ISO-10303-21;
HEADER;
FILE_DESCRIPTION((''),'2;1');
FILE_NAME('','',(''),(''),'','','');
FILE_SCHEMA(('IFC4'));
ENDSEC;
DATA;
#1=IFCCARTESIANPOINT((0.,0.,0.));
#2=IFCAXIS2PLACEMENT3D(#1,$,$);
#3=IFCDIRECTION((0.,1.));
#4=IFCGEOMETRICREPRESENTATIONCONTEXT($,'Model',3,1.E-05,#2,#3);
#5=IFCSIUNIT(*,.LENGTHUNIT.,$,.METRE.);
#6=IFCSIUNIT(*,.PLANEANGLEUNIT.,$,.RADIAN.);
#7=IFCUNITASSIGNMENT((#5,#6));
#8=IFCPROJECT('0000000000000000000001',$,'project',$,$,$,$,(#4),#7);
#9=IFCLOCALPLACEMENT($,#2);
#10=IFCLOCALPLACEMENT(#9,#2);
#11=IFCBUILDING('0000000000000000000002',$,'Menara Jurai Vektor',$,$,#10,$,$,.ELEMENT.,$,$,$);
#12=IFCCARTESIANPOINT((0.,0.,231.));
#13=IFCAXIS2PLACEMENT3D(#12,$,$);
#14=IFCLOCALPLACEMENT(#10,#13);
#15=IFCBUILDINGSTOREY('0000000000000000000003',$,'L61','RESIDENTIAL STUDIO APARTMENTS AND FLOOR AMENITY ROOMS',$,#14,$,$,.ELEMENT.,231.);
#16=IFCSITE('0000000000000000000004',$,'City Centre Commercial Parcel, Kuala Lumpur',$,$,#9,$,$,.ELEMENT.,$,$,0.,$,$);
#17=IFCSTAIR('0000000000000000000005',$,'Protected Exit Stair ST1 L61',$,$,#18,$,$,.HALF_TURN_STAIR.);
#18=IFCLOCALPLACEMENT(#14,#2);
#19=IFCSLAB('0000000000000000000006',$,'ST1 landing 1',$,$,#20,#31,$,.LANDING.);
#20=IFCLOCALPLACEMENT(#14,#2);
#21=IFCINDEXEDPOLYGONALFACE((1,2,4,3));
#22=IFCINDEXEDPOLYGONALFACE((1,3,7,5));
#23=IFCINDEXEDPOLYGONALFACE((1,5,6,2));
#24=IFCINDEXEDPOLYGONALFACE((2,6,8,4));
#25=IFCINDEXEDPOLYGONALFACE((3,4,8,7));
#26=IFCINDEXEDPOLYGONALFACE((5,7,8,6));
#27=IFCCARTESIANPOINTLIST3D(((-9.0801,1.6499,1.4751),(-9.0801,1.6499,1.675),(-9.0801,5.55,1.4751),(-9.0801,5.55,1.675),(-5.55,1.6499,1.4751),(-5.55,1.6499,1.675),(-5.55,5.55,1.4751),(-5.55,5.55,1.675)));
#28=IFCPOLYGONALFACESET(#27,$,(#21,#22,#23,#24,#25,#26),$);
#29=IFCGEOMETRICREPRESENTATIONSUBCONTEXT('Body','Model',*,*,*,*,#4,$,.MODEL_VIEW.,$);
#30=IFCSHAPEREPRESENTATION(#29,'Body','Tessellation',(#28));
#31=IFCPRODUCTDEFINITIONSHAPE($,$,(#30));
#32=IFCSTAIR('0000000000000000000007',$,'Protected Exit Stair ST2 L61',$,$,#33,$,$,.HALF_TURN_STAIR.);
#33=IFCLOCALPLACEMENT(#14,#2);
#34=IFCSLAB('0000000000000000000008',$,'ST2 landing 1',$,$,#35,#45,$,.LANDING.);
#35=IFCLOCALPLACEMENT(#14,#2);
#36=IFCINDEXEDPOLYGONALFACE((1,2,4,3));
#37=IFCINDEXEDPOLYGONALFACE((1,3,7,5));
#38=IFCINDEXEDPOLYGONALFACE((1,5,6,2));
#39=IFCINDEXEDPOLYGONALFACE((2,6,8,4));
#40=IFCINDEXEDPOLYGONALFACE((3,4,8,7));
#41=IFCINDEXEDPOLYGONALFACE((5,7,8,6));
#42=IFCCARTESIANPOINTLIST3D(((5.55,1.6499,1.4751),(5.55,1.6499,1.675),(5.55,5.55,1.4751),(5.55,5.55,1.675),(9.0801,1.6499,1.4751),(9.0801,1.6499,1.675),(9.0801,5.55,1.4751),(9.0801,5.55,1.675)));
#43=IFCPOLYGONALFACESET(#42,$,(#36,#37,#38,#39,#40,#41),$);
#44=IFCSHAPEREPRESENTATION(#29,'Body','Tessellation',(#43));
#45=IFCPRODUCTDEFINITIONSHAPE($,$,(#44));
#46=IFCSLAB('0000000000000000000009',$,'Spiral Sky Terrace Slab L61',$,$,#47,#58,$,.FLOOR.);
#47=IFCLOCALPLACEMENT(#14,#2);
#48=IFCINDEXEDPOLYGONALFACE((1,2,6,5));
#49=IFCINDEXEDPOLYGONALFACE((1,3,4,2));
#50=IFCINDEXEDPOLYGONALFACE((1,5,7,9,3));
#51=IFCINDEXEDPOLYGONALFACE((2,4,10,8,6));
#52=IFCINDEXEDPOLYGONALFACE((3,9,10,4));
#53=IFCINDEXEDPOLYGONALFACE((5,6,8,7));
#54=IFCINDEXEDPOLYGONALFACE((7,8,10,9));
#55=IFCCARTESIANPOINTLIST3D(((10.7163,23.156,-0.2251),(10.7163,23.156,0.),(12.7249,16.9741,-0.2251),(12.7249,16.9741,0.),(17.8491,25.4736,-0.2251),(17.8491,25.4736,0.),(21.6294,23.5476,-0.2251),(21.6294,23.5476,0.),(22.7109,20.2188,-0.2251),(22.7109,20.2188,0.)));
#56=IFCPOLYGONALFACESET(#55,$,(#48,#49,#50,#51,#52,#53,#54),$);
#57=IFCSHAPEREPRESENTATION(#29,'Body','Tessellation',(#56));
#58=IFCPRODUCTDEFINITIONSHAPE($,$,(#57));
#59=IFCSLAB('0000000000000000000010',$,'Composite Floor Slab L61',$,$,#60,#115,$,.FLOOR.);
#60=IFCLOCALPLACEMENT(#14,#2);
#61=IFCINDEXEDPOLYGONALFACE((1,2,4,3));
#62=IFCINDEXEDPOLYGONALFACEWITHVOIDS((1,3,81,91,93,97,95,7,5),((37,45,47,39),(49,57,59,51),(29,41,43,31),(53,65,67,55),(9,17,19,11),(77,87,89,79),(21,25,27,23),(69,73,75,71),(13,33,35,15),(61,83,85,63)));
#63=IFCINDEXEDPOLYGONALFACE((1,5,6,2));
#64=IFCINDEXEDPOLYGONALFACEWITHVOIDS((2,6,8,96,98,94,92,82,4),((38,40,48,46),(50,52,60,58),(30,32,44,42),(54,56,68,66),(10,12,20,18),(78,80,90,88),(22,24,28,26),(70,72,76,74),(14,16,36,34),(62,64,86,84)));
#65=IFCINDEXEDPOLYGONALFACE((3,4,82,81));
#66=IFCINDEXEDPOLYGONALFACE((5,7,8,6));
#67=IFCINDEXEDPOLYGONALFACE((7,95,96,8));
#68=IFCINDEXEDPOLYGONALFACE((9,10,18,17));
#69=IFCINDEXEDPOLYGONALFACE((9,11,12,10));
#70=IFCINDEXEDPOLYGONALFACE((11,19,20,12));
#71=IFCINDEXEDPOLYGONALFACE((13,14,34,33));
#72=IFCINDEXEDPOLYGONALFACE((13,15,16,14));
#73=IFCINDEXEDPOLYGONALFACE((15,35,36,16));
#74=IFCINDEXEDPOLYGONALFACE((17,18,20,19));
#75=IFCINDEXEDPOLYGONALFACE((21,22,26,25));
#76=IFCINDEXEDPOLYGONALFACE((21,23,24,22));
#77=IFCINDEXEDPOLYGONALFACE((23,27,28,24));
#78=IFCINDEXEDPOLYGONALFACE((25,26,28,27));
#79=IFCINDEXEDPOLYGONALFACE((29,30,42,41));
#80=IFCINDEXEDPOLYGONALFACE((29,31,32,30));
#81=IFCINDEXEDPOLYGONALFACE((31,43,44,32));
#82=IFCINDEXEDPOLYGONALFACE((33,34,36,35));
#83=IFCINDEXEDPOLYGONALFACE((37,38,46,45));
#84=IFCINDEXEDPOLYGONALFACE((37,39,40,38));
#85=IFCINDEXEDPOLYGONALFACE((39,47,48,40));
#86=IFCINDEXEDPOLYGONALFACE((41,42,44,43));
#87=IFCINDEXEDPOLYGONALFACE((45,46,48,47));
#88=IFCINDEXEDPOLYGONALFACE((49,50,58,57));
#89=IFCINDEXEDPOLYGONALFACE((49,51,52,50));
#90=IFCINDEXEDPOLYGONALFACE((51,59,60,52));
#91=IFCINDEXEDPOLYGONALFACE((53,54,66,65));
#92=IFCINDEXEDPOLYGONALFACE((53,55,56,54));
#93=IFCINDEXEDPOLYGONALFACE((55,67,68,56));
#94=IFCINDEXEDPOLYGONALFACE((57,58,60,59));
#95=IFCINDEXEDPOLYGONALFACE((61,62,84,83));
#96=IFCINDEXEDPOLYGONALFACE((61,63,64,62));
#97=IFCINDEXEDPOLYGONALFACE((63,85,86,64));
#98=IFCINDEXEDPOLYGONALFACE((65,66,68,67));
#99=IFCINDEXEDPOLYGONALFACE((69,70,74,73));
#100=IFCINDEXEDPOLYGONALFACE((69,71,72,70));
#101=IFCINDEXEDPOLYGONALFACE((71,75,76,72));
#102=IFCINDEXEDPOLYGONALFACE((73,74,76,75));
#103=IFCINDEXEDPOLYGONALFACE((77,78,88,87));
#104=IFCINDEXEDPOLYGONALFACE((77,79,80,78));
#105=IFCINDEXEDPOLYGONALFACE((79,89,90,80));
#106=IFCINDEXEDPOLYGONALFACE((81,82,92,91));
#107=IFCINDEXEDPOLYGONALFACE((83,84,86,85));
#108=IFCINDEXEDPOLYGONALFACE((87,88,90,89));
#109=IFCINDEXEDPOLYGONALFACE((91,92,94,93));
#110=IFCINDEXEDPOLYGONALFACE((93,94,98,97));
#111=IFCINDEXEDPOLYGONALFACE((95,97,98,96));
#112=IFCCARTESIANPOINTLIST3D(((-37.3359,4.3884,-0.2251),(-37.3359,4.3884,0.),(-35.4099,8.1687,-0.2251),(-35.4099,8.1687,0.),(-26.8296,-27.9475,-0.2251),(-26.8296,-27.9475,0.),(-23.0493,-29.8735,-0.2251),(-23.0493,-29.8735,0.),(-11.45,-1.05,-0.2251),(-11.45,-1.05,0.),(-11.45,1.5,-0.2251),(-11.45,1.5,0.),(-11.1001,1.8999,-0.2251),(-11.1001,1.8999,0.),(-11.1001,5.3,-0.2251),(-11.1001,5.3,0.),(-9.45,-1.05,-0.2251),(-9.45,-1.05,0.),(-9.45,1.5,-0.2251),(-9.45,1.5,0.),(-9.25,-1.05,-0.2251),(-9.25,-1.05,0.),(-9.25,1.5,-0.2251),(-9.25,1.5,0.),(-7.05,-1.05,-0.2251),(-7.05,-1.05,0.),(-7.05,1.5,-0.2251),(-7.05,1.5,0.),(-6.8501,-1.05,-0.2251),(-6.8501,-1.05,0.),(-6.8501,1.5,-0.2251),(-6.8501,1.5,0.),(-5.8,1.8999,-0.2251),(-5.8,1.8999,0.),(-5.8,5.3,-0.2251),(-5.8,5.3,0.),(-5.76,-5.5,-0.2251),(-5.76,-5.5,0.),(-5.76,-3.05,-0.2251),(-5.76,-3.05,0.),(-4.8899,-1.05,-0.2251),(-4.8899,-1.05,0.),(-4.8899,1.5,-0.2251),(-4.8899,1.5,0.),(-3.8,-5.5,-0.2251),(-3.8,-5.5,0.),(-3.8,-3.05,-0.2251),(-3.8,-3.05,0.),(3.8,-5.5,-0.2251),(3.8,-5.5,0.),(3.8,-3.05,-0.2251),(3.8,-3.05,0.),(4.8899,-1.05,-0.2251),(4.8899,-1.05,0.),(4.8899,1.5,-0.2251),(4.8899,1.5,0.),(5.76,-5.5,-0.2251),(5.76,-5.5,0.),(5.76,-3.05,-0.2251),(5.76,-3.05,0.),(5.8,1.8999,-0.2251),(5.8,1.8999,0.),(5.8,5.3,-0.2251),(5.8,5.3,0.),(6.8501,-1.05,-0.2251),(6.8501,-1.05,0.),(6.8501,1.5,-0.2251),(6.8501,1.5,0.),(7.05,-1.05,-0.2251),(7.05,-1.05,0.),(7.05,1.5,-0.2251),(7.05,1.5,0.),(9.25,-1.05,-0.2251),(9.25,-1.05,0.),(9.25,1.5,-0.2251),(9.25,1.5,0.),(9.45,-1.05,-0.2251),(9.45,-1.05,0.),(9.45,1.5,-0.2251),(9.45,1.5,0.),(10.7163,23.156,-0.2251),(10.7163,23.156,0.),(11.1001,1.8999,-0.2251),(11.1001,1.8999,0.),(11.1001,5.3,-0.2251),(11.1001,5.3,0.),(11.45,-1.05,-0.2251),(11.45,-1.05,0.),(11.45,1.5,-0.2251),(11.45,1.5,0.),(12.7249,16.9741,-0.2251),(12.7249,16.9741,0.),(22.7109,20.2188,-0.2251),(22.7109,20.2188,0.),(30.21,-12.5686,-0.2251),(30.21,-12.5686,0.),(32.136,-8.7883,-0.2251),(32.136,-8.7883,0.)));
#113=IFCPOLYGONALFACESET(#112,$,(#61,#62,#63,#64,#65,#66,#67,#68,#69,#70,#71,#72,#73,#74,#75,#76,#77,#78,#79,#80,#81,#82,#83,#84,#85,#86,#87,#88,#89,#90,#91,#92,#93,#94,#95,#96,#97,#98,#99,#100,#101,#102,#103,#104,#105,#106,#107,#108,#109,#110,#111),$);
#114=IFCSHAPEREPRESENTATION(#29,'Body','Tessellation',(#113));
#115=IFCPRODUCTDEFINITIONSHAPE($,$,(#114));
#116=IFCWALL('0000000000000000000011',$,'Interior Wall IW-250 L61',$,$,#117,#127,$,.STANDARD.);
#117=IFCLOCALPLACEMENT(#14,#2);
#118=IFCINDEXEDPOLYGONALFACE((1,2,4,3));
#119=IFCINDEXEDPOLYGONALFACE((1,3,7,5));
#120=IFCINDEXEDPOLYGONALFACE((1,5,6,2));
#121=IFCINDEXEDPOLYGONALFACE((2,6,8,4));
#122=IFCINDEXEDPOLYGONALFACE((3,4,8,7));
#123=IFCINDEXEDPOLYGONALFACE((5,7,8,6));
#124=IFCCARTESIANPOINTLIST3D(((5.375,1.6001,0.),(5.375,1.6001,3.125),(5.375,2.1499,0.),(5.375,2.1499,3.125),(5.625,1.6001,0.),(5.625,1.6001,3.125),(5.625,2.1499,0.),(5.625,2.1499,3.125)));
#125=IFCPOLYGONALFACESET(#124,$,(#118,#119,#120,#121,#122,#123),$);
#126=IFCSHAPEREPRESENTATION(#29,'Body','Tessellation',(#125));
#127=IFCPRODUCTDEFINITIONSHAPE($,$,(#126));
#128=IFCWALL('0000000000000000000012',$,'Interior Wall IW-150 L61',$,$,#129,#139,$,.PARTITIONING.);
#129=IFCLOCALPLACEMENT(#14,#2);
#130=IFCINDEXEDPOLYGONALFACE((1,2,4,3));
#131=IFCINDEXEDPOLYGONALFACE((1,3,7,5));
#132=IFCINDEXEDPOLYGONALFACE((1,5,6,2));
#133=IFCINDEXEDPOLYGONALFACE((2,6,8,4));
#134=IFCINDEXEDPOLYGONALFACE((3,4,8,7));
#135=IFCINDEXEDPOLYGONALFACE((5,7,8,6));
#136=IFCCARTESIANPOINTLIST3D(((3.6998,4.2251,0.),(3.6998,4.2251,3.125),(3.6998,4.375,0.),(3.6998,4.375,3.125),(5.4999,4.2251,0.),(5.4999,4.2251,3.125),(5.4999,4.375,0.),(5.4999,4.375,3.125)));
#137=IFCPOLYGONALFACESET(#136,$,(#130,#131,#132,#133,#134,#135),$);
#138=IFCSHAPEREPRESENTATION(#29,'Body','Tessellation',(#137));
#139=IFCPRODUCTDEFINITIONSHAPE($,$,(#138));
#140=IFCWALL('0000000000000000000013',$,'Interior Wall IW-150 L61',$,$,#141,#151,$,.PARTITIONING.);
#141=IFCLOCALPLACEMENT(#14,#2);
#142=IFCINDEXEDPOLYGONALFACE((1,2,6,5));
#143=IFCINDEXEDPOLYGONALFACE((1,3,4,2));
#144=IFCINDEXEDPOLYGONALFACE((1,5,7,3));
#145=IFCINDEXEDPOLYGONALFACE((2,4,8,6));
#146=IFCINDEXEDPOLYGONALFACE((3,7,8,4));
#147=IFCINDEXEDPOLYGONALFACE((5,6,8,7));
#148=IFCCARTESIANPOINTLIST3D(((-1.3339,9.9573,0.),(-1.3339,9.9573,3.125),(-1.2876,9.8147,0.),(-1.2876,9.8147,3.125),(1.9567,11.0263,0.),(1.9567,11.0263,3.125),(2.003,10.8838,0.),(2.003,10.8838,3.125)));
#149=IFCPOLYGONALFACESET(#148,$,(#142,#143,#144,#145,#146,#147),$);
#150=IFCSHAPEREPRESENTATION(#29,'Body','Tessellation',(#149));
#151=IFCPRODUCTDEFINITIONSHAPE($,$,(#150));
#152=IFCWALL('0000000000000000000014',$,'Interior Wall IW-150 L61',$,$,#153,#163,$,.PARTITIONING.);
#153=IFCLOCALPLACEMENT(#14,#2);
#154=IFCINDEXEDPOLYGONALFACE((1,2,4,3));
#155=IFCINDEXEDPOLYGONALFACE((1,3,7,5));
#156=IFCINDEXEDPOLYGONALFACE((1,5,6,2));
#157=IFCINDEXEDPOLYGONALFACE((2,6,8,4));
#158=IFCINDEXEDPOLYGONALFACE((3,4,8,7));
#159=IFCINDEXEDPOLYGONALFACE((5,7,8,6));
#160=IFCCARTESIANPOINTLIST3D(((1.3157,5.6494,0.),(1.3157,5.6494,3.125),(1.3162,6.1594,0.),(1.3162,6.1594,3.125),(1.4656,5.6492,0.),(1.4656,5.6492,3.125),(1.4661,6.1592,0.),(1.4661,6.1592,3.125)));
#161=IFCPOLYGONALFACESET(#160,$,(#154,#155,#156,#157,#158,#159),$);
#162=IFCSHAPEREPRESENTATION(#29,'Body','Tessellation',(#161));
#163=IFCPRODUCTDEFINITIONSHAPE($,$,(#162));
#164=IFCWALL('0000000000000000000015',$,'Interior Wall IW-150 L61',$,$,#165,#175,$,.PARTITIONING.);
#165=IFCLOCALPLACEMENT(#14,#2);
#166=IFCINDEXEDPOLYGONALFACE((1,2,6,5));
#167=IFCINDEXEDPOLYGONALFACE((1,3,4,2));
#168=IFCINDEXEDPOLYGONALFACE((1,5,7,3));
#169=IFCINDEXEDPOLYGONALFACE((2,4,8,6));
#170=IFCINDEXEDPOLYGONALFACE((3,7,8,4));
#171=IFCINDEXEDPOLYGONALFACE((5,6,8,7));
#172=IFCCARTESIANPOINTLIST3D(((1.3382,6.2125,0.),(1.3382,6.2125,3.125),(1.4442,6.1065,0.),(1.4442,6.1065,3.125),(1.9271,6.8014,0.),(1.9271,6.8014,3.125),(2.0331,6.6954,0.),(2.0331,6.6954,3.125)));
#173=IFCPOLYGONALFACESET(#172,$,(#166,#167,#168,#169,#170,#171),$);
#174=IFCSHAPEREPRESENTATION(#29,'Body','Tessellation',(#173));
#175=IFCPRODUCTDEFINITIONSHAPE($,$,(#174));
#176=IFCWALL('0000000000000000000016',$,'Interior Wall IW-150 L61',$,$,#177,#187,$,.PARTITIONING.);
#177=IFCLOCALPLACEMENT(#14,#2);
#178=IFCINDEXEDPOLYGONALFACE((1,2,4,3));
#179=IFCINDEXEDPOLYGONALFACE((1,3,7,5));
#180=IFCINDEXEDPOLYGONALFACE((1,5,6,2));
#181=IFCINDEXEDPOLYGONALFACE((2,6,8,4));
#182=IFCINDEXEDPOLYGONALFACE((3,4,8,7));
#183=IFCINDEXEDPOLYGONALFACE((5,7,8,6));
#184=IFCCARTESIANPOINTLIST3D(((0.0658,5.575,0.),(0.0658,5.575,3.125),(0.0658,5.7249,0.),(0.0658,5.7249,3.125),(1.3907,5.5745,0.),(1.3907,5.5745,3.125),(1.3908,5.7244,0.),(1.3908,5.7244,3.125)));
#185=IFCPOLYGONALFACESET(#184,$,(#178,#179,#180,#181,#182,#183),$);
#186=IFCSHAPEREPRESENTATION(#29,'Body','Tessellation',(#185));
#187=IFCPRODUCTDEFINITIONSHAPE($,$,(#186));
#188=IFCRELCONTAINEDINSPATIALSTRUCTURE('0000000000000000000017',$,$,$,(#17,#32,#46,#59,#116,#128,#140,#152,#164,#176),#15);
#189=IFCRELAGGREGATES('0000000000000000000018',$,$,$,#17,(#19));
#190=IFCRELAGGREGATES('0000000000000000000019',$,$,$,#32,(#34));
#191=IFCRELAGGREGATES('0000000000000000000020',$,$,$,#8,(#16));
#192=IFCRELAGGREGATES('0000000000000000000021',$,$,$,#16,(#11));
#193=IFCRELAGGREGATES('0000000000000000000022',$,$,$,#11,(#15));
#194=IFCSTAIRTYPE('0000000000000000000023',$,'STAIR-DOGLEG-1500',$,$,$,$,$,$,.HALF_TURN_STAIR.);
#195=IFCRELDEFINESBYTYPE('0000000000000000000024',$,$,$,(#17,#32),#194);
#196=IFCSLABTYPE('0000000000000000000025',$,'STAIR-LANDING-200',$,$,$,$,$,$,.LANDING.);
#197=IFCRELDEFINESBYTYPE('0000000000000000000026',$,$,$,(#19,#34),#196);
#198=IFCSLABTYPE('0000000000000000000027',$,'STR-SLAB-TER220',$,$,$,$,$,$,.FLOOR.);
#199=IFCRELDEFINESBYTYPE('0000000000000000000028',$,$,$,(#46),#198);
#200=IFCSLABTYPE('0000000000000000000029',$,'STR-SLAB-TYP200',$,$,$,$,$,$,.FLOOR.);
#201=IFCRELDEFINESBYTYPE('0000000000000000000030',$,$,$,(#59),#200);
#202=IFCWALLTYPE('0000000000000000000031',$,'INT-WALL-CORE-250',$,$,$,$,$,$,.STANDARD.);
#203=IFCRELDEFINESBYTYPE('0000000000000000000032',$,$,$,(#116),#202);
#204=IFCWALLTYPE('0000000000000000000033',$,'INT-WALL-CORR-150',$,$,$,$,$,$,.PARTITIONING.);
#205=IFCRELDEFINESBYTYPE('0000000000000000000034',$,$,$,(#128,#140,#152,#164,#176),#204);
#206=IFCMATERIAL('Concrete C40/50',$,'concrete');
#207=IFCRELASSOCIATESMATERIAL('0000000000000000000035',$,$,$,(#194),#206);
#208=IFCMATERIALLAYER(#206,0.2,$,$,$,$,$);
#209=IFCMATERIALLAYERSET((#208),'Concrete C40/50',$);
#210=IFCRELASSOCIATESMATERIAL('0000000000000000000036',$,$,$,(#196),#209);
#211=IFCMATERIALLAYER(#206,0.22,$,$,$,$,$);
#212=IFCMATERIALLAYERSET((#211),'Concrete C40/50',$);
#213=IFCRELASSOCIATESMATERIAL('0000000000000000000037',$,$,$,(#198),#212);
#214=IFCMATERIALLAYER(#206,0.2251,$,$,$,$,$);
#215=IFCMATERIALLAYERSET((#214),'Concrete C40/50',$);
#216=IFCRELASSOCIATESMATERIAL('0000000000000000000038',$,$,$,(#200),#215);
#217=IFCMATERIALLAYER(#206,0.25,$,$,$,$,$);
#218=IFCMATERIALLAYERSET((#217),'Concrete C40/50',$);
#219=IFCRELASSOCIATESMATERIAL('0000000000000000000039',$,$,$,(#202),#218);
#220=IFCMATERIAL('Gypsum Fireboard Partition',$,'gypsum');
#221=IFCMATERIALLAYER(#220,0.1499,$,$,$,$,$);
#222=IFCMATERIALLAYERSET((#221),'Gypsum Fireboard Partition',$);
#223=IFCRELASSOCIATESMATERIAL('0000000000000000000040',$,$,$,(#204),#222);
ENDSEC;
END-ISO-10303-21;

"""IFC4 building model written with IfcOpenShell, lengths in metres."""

from ifc_helpers import new_model, si_unit, direction, frame, frame_2d, origin, place, context, subcontext, project, spatial, polyline, rectangle, outline, extrude, material, layer, layer_set, type_object, element, aggregate, save


model = new_model("IFC4")

# Units and contexts
model_context = context("Model", 3, precision=1e-05, world=origin(), true_north=direction((0.0, 1.0)))
body_context = subcontext(model_context, "Body", "Model", "MODEL_VIEW")
ifc_project = project(units=[si_unit("LENGTHUNIT", "METRE"), si_unit("PLANEANGLEUNIT", "RADIAN")], contexts=[model_context])

# Site, building, storey
site_placement = place(None, origin())
site = spatial("IfcSite", under=ifc_project, at=site_placement, Name="City Centre Commercial Parcel, Kuala Lumpur", CompositionType="ELEMENT", RefElevation=0.0)
building_placement = place(site_placement, origin())
building = spatial("IfcBuilding", under=site, at=building_placement, Name="Menara Jurai Vektor", CompositionType="ELEMENT")
storey_placement = place(building_placement, frame((0.0, 0.0, 231.0)))
storey = spatial("IfcBuildingStorey", under=building, at=storey_placement, Name="L61", Description="RESIDENTIAL STUDIO APARTMENTS AND FLOOR AMENITY ROOMS", CompositionType="ELEMENT", Elevation=231.0)

# Stairs, slabs
ifc_material_1 = material(Name="Concrete C40/50", Category="concrete")
stair_type = type_object("IfcStairType", Name="STAIR-DOGLEG-1500", PredefinedType="HALF_TURN_STAIR", material=ifc_material_1)
stair_1_placement = place(storey_placement, origin())
stair_1 = element("IfcStair", 1, at=stair_1_placement, inside=storey, type_object=stair_type, Name="Protected Exit Stair ST1 L61", PredefinedType="HALF_TURN_STAIR")
ifc_layer_1 = layer(ifc_material_1, 0.2)
ifc_layer_set_1 = layer_set([ifc_layer_1], Name="Concrete C40/50")
slab_type_1 = type_object("IfcSlabType", Name="STAIR-LANDING-200", PredefinedType="LANDING", material=ifc_layer_set_1)
slab_1_placement = place(storey_placement, frame((0.0, 0.0, 1.4751)))
slab_1 = element("IfcSlab", 2, at=slab_1_placement, type_object=slab_type_1, Name="ST1 landing 1", PredefinedType="LANDING", context=body_context, shape_type="SweptSolid", body=[
    extrude(outline(polyline([(-9.0801, 1.6499), (-5.55, 1.6499), (-5.55, 5.55), (-9.0801, 5.55), (-9.0801, 1.6499)])), origin(), (0.0, 0.0, 1.0), 0.2),
])
aggregate(stair_1, [slab_1])
stair_2_placement = place(storey_placement, origin())
stair_2 = element("IfcStair", 3, at=stair_2_placement, inside=storey, type_object=stair_type, Name="Protected Exit Stair ST2 L61", PredefinedType="HALF_TURN_STAIR")
slab_2_placement = place(storey_placement, frame((0.0, 0.0, 1.4751)))
slab_2 = element("IfcSlab", 4, at=slab_2_placement, type_object=slab_type_1, Name="ST2 landing 1", PredefinedType="LANDING", context=body_context, shape_type="SweptSolid", body=[
    extrude(outline(polyline([(5.55, 1.6499), (9.0801, 1.6499), (9.0801, 5.55), (5.55, 5.55), (5.55, 1.6499)])), origin(), (0.0, 0.0, 1.0), 0.2),
])

# Slabs
ifc_layer_2 = layer(ifc_material_1, 0.22)
ifc_layer_set_2 = layer_set([ifc_layer_2], Name="Concrete C40/50")
slab_type_2 = type_object("IfcSlabType", Name="STR-SLAB-TER220", PredefinedType="FLOOR", material=ifc_layer_set_2)
slab_3_placement = place(storey_placement, frame((0.0, 0.0, -0.2251)))
element("IfcSlab", 5, at=slab_3_placement, inside=storey, type_object=slab_type_2, Name="Spiral Sky Terrace Slab L61", PredefinedType="FLOOR", context=body_context, shape_type="SweptSolid", body=[
    extrude(outline(polyline([(10.7163, 23.156), (12.7249, 16.9741), (22.7109, 20.2188), (21.6294, 23.5476), (17.8491, 25.4736), (10.7163, 23.156)])), origin(), (0.0, 0.0, 1.0), 0.2251),
])
ifc_layer_3 = layer(ifc_material_1, 0.2251)
ifc_layer_set_3 = layer_set([ifc_layer_3], Name="Concrete C40/50")
slab_type_3 = type_object("IfcSlabType", Name="STR-SLAB-TYP200", PredefinedType="FLOOR", material=ifc_layer_set_3)
slab_4_placement = place(storey_placement, frame((0.0, 0.0, -0.2251)))
element("IfcSlab", 6, at=slab_4_placement, inside=storey, type_object=slab_type_3, Name="Composite Floor Slab L61", PredefinedType="FLOOR", context=body_context, shape_type="SweptSolid", body=[
    extrude(outline(polyline([(22.7109, 20.2188), (12.7249, 16.9741), (10.7163, 23.156), (-35.4099, 8.1687), (-37.3359, 4.3884), (-26.8296, -27.9475), (-23.0493, -29.8735), (30.21, -12.5686), (32.136, -8.7883), (22.7109, 20.2188)]), holes=[polyline([(-11.1001, 1.8999), (-11.1001, 5.3), (-5.8, 5.3), (-5.8, 1.8999), (-11.1001, 1.8999)]), polyline([(5.8, 1.8999), (5.8, 5.3), (11.1001, 5.3), (11.1001, 1.8999), (5.8, 1.8999)]), polyline([(-11.45, -1.05), (-11.45, 1.5), (-9.45, 1.5), (-9.45, -1.05), (-11.45, -1.05)]), polyline([(9.45, -1.05), (9.45, 1.5), (11.45, 1.5), (11.45, -1.05), (9.45, -1.05)]), polyline([(-5.76, -5.5), (-5.76, -3.05), (-3.8, -3.05), (-3.8, -5.5), (-5.76, -5.5)]), polyline([(-6.8501, -1.05), (-6.8501, 1.5), (-4.8899, 1.5), (-4.8899, -1.05), (-6.8501, -1.05)]), polyline([(3.8, -5.5), (3.8, -3.05), (5.76, -3.05), (5.76, -5.5), (3.8, -5.5)]), polyline([(4.8899, -1.05), (4.8899, 1.5), (6.8501, 1.5), (6.8501, -1.05), (4.8899, -1.05)]), polyline([(-9.25, -1.05), (-9.25, 1.5), (-7.05, 1.5), (-7.05, -1.05), (-9.25, -1.05)]), polyline([(7.05, -1.05), (7.05, 1.5), (9.25, 1.5), (9.25, -1.05), (7.05, -1.05)])]), origin(), (0.0, 0.0, 1.0), 0.2251),
])

# Shared definitions
ifc_layer_4 = layer(ifc_material_1, 0.25)
ifc_layer_set_4 = layer_set([ifc_layer_4], Name="Concrete C40/50")
wall_type_1 = type_object("IfcWallType", Name="INT-WALL-CORE-250", PredefinedType="STANDARD", material=ifc_layer_set_4)

# Walls
wall_1_placement = place(storey_placement, frame((5.5, 1.6001, 0.0), z_axis=(0.0, 0.0, 1.0), x_axis=(0.0, 1.0, 0.0)))
element("IfcWall", 7, at=wall_1_placement, inside=storey, type_object=wall_type_1, Name="Interior Wall IW-250 L61", PredefinedType="STANDARD", context=body_context, shape_type="SweptSolid", body=[
    extrude(rectangle(XDim=0.5498, YDim=0.25, at=frame_2d((0.2749, 0.0))), origin(), (0.0, 0.0, 1.0), 3.125),
])
ifc_material_2 = material(Name="Gypsum Fireboard Partition", Category="gypsum")
ifc_layer_5 = layer(ifc_material_2, 0.1499)
ifc_layer_set_5 = layer_set([ifc_layer_5], Name="Gypsum Fireboard Partition")
wall_type_2 = type_object("IfcWallType", Name="INT-WALL-CORR-150", PredefinedType="PARTITIONING", material=ifc_layer_set_5)
wall_2_placement = place(storey_placement, frame((3.7, 4.3, 0.0), z_axis=(0.0, 0.0, 1.0), x_axis=(1.0, 0.0, 0.0)))
element("IfcWall", 8, at=wall_2_placement, inside=storey, type_object=wall_type_2, Name="Interior Wall IW-150 L61", PredefinedType="PARTITIONING", context=body_context, shape_type="SweptSolid", body=[
    extrude(rectangle(XDim=1.8, YDim=0.1499, at=frame_2d((0.8999, 0.0))), origin(), (0.0, 0.0, 1.0), 3.125),
])
wall_3_placement = place(storey_placement, frame((-1.3108, 9.886, 0.0), z_axis=(0.0, 0.0, 1.0), x_axis=(0.951069, 0.308979, 0.0)))
element("IfcWall", 9, at=wall_3_placement, inside=storey, type_object=wall_type_2, Name="Interior Wall IW-150 L61", PredefinedType="PARTITIONING", context=body_context, shape_type="SweptSolid", body=[
    extrude(rectangle(XDim=3.46, YDim=0.1499, at=frame_2d((1.73, 0.0))), origin(), (0.0, 0.0, 1.0), 3.125),
])
wall_4_placement = place(storey_placement, frame((1.3906, 5.6494, 0.0), z_axis=(0.0, 0.0, 1.0), x_axis=(0.000957, 1.0, 0.0)))
element("IfcWall", 10, at=wall_4_placement, inside=storey, type_object=wall_type_2, Name="Interior Wall IW-150 L61", PredefinedType="PARTITIONING", context=body_context, shape_type="SweptSolid", body=[
    extrude(rectangle(XDim=0.51, YDim=0.1499, at=frame_2d((0.2549, 0.0))), origin(), (0.0, 0.0, 1.0), 3.125),
])
wall_5_placement = place(storey_placement, frame((1.3911, 6.1594, 0.0), z_axis=(0.0, 0.0, 1.0), x_axis=(0.707107, 0.707107, 0.0)))
element("IfcWall", 11, at=wall_5_placement, inside=storey, type_object=wall_type_2, Name="Interior Wall IW-150 L61", PredefinedType="PARTITIONING", context=body_context, shape_type="SweptSolid", body=[
    extrude(rectangle(XDim=0.8328, YDim=0.1499, at=frame_2d((0.4165, 0.0))), origin(), (0.0, 0.0, 1.0), 3.125),
])
wall_6_placement = place(storey_placement, frame((0.0657, 5.6499, 0.0), z_axis=(0.0, 0.0, 1.0), x_axis=(1.0, -0.000369, 0.0)))
element("IfcWall", 12, at=wall_6_placement, inside=storey, type_object=wall_type_2, Name="Interior Wall IW-150 L61", PredefinedType="PARTITIONING", context=body_context, shape_type="SweptSolid", body=[
    extrude(rectangle(XDim=1.325, YDim=0.1499, at=frame_2d((0.6626, 0.0))), origin(), (0.0, 0.0, 1.0), 3.125),
])

aggregate(stair_2, [slab_2])

save(model, "model.ifc")
